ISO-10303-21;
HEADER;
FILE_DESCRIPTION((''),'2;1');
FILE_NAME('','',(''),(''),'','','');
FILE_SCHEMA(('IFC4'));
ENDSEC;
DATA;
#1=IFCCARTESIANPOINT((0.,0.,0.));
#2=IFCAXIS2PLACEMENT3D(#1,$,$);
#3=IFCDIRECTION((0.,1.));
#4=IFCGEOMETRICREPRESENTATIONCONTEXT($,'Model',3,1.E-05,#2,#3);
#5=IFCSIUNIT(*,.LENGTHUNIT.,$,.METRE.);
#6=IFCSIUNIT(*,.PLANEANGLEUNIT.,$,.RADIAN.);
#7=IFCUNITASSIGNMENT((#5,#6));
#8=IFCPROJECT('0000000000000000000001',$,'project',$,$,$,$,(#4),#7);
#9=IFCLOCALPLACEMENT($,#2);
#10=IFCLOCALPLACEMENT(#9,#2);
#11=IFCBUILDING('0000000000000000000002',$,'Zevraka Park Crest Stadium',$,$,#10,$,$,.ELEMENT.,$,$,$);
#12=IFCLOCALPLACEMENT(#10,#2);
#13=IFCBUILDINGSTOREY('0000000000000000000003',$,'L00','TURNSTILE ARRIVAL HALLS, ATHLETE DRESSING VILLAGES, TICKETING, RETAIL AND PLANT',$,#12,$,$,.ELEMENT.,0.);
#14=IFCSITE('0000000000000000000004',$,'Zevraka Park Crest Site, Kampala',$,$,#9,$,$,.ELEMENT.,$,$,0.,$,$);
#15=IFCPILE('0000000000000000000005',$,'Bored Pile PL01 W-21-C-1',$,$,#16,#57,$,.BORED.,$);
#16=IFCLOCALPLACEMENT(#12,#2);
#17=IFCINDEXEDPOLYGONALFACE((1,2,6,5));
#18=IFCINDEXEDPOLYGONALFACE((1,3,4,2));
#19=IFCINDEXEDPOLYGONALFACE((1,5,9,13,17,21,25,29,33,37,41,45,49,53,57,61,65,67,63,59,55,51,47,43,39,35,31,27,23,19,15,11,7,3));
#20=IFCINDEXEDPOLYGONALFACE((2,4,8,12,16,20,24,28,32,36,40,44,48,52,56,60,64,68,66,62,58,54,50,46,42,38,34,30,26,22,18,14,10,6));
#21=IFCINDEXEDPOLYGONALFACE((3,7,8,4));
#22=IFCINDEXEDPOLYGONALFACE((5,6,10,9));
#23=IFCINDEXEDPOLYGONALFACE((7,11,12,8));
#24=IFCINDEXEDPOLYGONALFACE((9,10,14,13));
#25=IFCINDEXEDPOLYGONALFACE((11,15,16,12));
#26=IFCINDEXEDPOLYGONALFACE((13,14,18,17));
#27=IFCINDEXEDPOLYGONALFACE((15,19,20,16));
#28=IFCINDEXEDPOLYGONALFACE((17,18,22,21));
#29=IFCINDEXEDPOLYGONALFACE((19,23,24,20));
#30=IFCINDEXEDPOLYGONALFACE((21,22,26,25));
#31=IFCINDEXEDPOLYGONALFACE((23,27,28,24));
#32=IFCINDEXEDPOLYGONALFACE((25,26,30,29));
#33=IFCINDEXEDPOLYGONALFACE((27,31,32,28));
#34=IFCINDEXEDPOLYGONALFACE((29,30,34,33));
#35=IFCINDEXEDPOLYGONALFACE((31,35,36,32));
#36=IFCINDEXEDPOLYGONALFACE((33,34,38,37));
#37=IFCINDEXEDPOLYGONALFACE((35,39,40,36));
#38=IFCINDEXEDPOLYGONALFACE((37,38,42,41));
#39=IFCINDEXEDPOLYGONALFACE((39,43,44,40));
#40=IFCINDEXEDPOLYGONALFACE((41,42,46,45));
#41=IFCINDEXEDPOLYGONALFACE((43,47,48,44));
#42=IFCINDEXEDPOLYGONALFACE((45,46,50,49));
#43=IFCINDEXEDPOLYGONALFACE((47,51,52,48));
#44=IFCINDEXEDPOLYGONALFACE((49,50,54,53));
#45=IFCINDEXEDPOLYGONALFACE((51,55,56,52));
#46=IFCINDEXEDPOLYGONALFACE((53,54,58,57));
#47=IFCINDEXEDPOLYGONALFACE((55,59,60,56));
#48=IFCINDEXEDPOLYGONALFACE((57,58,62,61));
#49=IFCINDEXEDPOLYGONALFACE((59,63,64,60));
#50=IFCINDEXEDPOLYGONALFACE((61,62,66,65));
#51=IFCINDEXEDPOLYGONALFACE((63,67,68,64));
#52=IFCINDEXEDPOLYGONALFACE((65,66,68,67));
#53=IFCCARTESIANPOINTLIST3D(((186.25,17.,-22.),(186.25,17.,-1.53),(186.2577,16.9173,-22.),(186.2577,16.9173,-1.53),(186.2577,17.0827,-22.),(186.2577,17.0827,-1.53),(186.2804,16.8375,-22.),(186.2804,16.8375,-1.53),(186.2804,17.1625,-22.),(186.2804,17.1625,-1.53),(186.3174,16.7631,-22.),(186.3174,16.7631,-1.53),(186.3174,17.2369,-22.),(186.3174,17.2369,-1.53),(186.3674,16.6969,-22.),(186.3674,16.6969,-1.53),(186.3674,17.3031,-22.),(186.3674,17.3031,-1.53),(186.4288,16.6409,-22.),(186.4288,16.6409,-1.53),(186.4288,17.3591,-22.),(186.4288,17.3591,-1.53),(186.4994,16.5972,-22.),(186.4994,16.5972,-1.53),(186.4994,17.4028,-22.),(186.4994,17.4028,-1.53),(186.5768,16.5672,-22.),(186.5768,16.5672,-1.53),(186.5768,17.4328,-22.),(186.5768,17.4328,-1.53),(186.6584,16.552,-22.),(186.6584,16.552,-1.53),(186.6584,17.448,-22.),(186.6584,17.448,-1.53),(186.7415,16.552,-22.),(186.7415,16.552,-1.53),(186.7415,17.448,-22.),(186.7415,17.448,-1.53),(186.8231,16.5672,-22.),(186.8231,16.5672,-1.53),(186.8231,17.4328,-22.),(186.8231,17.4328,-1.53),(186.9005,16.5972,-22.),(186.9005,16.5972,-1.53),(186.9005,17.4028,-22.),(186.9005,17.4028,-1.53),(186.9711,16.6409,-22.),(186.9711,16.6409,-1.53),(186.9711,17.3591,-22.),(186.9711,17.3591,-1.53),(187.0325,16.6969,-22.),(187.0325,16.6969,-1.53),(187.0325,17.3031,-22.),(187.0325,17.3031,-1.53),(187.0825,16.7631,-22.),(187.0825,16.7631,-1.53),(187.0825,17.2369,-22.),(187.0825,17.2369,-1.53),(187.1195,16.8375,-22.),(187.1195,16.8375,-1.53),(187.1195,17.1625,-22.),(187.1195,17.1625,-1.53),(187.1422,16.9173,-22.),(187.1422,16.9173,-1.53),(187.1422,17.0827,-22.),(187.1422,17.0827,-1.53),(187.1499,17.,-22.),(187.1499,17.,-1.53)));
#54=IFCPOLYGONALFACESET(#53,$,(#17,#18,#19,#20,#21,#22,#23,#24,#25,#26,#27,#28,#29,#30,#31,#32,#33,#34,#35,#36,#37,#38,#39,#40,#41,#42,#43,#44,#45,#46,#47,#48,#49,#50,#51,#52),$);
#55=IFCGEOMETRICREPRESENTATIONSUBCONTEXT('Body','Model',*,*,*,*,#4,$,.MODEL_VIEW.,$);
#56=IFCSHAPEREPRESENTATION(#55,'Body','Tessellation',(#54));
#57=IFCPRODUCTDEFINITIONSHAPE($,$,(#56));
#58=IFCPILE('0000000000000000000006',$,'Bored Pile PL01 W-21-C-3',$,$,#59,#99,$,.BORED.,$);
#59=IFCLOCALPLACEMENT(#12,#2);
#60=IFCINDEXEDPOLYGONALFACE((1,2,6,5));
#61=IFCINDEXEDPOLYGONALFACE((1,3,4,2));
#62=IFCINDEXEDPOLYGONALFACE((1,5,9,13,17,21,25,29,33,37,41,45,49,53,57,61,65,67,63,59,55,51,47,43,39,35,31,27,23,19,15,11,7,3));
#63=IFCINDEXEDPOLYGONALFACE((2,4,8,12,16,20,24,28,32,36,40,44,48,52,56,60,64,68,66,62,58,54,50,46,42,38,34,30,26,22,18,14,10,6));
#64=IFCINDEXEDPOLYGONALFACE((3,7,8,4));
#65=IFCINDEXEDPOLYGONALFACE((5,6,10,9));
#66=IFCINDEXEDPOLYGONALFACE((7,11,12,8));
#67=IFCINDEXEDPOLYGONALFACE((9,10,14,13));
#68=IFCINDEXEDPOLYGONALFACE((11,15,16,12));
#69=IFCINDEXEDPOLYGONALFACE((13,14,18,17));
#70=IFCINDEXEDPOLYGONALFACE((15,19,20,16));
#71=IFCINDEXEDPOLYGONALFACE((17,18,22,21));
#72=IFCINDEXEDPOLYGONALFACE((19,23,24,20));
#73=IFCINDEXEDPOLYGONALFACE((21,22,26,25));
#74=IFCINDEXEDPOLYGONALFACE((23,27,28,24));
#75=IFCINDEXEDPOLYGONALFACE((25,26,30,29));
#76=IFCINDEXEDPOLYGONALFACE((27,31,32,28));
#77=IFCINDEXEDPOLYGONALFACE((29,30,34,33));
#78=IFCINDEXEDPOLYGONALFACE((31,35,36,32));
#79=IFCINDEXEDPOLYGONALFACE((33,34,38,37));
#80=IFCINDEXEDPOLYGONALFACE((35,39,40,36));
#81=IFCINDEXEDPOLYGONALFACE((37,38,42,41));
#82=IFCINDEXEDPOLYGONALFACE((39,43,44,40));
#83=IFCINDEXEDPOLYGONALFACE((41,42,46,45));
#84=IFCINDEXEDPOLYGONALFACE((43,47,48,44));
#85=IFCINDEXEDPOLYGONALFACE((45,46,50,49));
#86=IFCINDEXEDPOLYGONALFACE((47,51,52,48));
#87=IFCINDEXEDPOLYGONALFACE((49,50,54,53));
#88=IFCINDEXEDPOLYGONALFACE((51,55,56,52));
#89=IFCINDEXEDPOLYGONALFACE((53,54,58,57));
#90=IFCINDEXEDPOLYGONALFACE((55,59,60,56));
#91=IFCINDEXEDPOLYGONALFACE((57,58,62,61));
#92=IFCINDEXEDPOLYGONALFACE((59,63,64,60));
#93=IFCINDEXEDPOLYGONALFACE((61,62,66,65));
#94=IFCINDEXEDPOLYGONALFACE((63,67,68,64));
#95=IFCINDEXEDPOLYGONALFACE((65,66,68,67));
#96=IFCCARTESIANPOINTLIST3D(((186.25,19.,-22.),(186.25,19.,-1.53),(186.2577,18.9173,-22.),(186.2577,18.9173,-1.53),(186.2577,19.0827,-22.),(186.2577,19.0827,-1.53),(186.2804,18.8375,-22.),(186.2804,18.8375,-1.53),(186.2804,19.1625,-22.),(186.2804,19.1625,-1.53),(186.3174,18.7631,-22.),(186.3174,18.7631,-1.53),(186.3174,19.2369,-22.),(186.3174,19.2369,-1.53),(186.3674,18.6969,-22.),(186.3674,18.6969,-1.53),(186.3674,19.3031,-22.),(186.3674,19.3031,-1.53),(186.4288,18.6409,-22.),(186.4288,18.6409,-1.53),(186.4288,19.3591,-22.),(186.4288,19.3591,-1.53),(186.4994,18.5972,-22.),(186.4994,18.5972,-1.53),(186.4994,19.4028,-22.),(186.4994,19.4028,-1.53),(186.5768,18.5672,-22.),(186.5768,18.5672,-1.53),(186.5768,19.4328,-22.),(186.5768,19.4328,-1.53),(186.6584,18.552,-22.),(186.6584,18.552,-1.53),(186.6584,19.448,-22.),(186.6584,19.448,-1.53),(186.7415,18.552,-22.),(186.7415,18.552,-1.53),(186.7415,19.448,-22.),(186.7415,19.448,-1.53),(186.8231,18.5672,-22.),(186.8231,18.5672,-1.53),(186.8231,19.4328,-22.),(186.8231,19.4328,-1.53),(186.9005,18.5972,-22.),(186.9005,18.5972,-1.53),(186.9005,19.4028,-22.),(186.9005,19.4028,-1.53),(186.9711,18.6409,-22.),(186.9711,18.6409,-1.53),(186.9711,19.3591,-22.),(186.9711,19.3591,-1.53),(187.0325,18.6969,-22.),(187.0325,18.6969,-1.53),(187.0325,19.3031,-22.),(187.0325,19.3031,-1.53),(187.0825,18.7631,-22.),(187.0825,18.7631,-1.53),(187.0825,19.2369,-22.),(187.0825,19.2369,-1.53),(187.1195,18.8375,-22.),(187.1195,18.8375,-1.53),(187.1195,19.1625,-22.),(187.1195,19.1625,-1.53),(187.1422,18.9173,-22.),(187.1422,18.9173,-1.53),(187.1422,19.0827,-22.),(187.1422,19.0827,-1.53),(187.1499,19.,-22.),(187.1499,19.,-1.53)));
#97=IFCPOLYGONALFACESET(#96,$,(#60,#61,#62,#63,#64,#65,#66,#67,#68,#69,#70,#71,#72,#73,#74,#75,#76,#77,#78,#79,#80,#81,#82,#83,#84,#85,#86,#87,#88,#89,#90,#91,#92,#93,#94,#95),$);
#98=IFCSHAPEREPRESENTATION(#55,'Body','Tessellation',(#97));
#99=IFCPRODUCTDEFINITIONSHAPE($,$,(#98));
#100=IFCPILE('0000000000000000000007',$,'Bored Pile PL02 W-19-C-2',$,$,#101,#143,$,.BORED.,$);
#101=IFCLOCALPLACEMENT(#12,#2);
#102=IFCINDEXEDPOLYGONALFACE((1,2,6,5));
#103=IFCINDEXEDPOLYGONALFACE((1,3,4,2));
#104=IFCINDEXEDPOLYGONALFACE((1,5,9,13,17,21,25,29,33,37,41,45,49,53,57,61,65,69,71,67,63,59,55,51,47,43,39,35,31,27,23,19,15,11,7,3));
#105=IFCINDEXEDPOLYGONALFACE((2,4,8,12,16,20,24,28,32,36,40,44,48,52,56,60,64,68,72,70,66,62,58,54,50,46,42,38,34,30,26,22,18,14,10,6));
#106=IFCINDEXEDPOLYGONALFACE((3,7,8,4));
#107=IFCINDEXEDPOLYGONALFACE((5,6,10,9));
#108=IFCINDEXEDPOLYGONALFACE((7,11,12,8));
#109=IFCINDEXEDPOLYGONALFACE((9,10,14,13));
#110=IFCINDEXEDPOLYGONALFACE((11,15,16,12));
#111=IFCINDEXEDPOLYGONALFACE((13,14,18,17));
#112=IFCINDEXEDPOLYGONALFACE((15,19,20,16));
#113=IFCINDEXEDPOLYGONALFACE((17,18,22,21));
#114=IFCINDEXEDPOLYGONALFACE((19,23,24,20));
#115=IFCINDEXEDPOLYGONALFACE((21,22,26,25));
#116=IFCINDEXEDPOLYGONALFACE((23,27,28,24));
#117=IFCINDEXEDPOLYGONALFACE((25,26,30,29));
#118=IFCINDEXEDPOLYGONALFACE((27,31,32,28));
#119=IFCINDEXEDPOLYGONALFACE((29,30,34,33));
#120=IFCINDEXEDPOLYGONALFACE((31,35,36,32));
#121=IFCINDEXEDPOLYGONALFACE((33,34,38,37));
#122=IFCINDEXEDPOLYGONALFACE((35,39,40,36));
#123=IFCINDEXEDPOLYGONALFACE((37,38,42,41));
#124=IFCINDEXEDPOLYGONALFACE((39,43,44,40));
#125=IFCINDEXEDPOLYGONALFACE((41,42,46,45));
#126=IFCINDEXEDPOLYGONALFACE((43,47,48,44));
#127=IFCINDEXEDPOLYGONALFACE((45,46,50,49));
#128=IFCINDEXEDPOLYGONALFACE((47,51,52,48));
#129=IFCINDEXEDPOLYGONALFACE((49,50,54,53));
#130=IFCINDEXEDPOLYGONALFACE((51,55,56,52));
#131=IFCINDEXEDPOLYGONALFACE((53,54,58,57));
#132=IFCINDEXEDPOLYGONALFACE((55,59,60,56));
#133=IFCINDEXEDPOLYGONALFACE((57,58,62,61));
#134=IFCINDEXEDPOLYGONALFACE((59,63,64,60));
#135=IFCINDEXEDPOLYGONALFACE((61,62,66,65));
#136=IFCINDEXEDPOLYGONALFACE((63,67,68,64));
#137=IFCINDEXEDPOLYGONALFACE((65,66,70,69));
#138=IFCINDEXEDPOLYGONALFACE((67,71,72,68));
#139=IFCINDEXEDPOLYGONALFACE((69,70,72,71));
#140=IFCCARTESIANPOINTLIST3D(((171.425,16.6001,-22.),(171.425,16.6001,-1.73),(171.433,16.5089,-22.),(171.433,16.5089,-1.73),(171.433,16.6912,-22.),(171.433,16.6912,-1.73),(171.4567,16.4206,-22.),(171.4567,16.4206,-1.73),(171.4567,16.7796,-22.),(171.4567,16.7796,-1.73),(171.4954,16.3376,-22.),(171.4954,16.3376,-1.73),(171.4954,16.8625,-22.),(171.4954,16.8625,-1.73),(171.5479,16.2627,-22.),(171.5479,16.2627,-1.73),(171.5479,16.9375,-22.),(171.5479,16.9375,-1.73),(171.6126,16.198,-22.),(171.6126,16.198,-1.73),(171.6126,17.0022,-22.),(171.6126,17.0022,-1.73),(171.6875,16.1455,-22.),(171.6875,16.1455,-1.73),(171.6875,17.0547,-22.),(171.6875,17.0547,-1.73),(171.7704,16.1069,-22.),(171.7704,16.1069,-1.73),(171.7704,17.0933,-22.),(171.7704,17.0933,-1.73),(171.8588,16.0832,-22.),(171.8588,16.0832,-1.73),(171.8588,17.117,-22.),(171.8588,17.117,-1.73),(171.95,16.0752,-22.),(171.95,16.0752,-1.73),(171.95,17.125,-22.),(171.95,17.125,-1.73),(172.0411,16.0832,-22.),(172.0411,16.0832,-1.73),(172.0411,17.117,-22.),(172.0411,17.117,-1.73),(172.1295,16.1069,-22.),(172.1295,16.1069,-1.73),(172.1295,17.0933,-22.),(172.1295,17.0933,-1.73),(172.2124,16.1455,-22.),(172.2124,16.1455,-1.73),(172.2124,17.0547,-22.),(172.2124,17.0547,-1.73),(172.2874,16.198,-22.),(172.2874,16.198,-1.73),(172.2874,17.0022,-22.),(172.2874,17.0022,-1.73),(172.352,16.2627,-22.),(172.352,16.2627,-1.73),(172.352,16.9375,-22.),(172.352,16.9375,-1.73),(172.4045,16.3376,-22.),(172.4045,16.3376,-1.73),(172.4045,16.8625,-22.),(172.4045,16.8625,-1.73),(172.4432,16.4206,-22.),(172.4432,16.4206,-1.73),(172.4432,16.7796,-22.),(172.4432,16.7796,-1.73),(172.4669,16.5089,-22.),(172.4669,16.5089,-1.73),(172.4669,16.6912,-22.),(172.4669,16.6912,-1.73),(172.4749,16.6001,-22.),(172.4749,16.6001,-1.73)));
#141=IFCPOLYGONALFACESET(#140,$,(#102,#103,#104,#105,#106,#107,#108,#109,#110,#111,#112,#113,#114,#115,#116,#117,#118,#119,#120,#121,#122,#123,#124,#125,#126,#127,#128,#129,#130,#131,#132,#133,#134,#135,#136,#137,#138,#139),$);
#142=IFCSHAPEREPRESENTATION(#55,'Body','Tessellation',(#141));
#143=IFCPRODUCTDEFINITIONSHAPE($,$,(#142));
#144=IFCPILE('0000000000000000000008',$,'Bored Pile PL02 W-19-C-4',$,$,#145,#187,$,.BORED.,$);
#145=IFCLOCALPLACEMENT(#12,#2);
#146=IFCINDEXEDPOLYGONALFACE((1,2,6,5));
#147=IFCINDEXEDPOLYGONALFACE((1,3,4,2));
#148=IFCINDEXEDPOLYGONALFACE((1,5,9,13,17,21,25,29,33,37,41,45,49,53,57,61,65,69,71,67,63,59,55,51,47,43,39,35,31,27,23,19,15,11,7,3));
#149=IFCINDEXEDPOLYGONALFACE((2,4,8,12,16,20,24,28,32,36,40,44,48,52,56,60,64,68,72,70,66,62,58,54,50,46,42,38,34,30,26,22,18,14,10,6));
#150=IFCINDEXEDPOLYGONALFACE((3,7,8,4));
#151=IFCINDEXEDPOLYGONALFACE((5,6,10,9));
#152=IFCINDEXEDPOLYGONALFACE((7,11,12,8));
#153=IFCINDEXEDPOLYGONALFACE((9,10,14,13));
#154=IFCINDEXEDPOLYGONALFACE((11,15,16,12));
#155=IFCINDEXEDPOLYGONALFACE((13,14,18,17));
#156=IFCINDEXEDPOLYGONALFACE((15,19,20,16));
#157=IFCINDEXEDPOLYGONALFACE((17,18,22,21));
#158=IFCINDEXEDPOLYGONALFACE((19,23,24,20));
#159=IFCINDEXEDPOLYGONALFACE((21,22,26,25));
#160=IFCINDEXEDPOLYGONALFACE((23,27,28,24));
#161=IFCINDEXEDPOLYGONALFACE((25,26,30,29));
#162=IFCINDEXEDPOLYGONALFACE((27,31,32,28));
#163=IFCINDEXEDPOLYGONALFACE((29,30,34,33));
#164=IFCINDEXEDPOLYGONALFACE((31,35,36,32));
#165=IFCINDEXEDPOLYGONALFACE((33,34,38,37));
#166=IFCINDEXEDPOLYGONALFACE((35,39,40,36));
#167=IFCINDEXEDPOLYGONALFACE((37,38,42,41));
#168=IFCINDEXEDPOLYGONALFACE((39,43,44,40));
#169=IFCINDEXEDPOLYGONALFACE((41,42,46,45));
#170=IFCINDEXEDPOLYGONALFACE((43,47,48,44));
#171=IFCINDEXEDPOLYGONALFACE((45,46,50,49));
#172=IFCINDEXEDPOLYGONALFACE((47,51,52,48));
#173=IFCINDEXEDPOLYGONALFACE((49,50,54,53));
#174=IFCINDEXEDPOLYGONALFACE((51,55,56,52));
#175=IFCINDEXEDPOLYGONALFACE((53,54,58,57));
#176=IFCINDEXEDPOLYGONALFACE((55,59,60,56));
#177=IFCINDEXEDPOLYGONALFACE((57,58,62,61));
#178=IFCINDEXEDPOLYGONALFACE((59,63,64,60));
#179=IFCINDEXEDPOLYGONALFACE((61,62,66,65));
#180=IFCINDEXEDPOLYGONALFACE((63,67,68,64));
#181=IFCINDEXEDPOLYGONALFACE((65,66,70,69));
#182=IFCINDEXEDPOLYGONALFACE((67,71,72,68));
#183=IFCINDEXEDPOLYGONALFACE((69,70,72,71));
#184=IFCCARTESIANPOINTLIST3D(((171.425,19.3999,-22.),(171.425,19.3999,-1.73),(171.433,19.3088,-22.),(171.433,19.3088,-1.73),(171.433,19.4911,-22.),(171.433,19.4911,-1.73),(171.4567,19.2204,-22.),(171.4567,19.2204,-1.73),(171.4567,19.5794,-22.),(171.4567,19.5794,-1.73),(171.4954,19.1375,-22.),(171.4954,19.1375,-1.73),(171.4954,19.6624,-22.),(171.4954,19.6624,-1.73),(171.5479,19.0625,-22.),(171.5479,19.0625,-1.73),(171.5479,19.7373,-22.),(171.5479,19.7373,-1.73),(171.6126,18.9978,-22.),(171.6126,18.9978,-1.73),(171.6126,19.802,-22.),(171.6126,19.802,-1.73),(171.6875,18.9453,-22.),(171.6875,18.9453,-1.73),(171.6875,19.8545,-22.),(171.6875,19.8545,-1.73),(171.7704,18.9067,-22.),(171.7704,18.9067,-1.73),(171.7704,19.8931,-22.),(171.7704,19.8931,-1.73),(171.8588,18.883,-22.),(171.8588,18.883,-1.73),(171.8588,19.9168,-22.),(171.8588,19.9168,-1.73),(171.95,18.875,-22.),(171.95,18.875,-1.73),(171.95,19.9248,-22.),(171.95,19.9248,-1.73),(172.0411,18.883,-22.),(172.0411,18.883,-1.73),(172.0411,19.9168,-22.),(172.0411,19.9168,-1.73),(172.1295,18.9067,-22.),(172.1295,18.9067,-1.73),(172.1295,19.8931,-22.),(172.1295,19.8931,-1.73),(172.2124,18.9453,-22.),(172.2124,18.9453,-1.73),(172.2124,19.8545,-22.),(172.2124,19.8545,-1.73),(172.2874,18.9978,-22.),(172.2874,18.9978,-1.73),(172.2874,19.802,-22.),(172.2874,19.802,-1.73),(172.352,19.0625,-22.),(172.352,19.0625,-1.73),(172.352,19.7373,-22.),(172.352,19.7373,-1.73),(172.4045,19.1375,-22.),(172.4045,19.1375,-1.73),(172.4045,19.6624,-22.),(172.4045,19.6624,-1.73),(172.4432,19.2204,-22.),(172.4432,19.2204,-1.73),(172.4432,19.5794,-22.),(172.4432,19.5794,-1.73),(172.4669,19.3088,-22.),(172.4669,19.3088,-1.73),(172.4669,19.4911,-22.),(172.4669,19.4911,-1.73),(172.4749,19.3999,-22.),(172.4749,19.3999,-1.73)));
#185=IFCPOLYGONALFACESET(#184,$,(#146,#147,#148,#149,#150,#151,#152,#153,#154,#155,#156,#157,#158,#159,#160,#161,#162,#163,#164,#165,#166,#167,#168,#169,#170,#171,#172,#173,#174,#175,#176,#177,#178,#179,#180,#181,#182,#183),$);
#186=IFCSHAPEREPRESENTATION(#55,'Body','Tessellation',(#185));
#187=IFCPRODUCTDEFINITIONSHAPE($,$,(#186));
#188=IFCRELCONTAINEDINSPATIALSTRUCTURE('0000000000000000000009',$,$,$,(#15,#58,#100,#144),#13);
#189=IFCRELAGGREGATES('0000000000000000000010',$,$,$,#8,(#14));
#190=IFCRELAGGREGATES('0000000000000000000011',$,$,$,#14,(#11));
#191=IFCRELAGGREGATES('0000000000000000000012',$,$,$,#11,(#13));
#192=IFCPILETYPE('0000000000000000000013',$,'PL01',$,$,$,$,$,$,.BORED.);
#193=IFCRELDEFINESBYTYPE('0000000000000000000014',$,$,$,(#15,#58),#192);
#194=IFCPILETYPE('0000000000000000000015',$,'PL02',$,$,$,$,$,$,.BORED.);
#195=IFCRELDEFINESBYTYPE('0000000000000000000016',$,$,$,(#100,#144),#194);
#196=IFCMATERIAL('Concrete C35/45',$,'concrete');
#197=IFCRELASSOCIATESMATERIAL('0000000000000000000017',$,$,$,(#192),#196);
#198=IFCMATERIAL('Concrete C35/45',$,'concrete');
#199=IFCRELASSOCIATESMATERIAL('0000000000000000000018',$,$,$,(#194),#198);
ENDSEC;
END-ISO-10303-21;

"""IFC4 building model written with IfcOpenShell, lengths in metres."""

from ifc_helpers import new_model, si_unit, direction, frame, origin, origin_2d, place, context, subcontext, project, spatial, circle, extrude, material, material_profile, profile_set, type_object, element, save


model = new_model("IFC4")

# Units and contexts
model_context = context("Model", 3, precision=1e-05, world=origin(), true_north=direction((0.0, 1.0)))
body_context = subcontext(model_context, "Body", "Model", "MODEL_VIEW")
ifc_project = project(units=[si_unit("LENGTHUNIT", "METRE"), si_unit("PLANEANGLEUNIT", "RADIAN")], contexts=[model_context])

# Site, building, storey
site_placement = place(None, origin())
site = spatial("IfcSite", under=ifc_project, at=site_placement, Name="Zevraka Park Crest Site, Kampala", CompositionType="ELEMENT", RefElevation=0.0)
building_placement = place(site_placement, origin())
building = spatial("IfcBuilding", under=site, at=building_placement, Name="Zevraka Park Crest Stadium", CompositionType="ELEMENT")
storey_placement = place(building_placement, origin())
storey = spatial("IfcBuildingStorey", under=building, at=storey_placement, Name="L00", Description="TURNSTILE ARRIVAL HALLS, ATHLETE DRESSING VILLAGES, TICKETING, RETAIL AND PLANT", CompositionType="ELEMENT", Elevation=0.0)

# Piles
ifc_material_1 = material(Name="Concrete C35/45", Category="concrete")
ifc_material_profile_1 = material_profile(ifc_material_1, circle(Radius=0.45, at=origin_2d()), Name="PILE D900")
ifc_profile_set_1 = profile_set([ifc_material_profile_1], Name="Concrete C35/45")
pile_type_1 = type_object("IfcPileType", Name="PL01", PredefinedType="BORED", material=ifc_profile_set_1)
for number, where, z_axis, x_axis, name in (
    (1, (186.7, 17.0, -1.53), (0.0, 0.0, -1.0), (1.0, 0.0, 0.0), "Bored Pile PL01 W-21-C-1"),
    (2, (186.7, 19.0, -1.53), (0.0, 0.0, -1.0), (1.0, 0.0, 0.0), "Bored Pile PL01 W-21-C-3"),
):
    element("IfcPile", number, at=place(storey_placement, frame(where, z_axis=z_axis, x_axis=x_axis)), inside=storey, type_object=pile_type_1, Name=name, PredefinedType="BORED", context=body_context, shape_type="SweptSolid", body=[
        extrude(circle(Radius=0.45, at=origin_2d()), origin(), (0.0, 0.0, 1.0), 20.47),
    ])
ifc_material_2 = material(Name="Concrete C35/45", Category="concrete")
ifc_material_profile_2 = material_profile(ifc_material_2, circle(Radius=0.5249, at=origin_2d()), Name="PILE D1050")
ifc_profile_set_2 = profile_set([ifc_material_profile_2], Name="Concrete C35/45")
pile_type_2 = type_object("IfcPileType", Name="PL02", PredefinedType="BORED", material=ifc_profile_set_2)
for number, where, z_axis, x_axis, name in (
    (3, (171.95, 16.6001, -1.73), (0.0, 0.0, -1.0), (1.0, 0.0, 0.0), "Bored Pile PL02 W-19-C-2"),
    (4, (171.95, 19.3999, -1.73), (0.0, 0.0, -1.0), (1.0, 0.0, 0.0), "Bored Pile PL02 W-19-C-4"),
):
    element("IfcPile", number, at=place(storey_placement, frame(where, z_axis=z_axis, x_axis=x_axis)), inside=storey, type_object=pile_type_2, Name=name, PredefinedType="BORED", context=body_context, shape_type="SweptSolid", body=[
        extrude(circle(Radius=0.5249, at=origin_2d()), origin(), (0.0, 0.0, 1.0), 20.27),
    ])

save(model, "model.ifc")
